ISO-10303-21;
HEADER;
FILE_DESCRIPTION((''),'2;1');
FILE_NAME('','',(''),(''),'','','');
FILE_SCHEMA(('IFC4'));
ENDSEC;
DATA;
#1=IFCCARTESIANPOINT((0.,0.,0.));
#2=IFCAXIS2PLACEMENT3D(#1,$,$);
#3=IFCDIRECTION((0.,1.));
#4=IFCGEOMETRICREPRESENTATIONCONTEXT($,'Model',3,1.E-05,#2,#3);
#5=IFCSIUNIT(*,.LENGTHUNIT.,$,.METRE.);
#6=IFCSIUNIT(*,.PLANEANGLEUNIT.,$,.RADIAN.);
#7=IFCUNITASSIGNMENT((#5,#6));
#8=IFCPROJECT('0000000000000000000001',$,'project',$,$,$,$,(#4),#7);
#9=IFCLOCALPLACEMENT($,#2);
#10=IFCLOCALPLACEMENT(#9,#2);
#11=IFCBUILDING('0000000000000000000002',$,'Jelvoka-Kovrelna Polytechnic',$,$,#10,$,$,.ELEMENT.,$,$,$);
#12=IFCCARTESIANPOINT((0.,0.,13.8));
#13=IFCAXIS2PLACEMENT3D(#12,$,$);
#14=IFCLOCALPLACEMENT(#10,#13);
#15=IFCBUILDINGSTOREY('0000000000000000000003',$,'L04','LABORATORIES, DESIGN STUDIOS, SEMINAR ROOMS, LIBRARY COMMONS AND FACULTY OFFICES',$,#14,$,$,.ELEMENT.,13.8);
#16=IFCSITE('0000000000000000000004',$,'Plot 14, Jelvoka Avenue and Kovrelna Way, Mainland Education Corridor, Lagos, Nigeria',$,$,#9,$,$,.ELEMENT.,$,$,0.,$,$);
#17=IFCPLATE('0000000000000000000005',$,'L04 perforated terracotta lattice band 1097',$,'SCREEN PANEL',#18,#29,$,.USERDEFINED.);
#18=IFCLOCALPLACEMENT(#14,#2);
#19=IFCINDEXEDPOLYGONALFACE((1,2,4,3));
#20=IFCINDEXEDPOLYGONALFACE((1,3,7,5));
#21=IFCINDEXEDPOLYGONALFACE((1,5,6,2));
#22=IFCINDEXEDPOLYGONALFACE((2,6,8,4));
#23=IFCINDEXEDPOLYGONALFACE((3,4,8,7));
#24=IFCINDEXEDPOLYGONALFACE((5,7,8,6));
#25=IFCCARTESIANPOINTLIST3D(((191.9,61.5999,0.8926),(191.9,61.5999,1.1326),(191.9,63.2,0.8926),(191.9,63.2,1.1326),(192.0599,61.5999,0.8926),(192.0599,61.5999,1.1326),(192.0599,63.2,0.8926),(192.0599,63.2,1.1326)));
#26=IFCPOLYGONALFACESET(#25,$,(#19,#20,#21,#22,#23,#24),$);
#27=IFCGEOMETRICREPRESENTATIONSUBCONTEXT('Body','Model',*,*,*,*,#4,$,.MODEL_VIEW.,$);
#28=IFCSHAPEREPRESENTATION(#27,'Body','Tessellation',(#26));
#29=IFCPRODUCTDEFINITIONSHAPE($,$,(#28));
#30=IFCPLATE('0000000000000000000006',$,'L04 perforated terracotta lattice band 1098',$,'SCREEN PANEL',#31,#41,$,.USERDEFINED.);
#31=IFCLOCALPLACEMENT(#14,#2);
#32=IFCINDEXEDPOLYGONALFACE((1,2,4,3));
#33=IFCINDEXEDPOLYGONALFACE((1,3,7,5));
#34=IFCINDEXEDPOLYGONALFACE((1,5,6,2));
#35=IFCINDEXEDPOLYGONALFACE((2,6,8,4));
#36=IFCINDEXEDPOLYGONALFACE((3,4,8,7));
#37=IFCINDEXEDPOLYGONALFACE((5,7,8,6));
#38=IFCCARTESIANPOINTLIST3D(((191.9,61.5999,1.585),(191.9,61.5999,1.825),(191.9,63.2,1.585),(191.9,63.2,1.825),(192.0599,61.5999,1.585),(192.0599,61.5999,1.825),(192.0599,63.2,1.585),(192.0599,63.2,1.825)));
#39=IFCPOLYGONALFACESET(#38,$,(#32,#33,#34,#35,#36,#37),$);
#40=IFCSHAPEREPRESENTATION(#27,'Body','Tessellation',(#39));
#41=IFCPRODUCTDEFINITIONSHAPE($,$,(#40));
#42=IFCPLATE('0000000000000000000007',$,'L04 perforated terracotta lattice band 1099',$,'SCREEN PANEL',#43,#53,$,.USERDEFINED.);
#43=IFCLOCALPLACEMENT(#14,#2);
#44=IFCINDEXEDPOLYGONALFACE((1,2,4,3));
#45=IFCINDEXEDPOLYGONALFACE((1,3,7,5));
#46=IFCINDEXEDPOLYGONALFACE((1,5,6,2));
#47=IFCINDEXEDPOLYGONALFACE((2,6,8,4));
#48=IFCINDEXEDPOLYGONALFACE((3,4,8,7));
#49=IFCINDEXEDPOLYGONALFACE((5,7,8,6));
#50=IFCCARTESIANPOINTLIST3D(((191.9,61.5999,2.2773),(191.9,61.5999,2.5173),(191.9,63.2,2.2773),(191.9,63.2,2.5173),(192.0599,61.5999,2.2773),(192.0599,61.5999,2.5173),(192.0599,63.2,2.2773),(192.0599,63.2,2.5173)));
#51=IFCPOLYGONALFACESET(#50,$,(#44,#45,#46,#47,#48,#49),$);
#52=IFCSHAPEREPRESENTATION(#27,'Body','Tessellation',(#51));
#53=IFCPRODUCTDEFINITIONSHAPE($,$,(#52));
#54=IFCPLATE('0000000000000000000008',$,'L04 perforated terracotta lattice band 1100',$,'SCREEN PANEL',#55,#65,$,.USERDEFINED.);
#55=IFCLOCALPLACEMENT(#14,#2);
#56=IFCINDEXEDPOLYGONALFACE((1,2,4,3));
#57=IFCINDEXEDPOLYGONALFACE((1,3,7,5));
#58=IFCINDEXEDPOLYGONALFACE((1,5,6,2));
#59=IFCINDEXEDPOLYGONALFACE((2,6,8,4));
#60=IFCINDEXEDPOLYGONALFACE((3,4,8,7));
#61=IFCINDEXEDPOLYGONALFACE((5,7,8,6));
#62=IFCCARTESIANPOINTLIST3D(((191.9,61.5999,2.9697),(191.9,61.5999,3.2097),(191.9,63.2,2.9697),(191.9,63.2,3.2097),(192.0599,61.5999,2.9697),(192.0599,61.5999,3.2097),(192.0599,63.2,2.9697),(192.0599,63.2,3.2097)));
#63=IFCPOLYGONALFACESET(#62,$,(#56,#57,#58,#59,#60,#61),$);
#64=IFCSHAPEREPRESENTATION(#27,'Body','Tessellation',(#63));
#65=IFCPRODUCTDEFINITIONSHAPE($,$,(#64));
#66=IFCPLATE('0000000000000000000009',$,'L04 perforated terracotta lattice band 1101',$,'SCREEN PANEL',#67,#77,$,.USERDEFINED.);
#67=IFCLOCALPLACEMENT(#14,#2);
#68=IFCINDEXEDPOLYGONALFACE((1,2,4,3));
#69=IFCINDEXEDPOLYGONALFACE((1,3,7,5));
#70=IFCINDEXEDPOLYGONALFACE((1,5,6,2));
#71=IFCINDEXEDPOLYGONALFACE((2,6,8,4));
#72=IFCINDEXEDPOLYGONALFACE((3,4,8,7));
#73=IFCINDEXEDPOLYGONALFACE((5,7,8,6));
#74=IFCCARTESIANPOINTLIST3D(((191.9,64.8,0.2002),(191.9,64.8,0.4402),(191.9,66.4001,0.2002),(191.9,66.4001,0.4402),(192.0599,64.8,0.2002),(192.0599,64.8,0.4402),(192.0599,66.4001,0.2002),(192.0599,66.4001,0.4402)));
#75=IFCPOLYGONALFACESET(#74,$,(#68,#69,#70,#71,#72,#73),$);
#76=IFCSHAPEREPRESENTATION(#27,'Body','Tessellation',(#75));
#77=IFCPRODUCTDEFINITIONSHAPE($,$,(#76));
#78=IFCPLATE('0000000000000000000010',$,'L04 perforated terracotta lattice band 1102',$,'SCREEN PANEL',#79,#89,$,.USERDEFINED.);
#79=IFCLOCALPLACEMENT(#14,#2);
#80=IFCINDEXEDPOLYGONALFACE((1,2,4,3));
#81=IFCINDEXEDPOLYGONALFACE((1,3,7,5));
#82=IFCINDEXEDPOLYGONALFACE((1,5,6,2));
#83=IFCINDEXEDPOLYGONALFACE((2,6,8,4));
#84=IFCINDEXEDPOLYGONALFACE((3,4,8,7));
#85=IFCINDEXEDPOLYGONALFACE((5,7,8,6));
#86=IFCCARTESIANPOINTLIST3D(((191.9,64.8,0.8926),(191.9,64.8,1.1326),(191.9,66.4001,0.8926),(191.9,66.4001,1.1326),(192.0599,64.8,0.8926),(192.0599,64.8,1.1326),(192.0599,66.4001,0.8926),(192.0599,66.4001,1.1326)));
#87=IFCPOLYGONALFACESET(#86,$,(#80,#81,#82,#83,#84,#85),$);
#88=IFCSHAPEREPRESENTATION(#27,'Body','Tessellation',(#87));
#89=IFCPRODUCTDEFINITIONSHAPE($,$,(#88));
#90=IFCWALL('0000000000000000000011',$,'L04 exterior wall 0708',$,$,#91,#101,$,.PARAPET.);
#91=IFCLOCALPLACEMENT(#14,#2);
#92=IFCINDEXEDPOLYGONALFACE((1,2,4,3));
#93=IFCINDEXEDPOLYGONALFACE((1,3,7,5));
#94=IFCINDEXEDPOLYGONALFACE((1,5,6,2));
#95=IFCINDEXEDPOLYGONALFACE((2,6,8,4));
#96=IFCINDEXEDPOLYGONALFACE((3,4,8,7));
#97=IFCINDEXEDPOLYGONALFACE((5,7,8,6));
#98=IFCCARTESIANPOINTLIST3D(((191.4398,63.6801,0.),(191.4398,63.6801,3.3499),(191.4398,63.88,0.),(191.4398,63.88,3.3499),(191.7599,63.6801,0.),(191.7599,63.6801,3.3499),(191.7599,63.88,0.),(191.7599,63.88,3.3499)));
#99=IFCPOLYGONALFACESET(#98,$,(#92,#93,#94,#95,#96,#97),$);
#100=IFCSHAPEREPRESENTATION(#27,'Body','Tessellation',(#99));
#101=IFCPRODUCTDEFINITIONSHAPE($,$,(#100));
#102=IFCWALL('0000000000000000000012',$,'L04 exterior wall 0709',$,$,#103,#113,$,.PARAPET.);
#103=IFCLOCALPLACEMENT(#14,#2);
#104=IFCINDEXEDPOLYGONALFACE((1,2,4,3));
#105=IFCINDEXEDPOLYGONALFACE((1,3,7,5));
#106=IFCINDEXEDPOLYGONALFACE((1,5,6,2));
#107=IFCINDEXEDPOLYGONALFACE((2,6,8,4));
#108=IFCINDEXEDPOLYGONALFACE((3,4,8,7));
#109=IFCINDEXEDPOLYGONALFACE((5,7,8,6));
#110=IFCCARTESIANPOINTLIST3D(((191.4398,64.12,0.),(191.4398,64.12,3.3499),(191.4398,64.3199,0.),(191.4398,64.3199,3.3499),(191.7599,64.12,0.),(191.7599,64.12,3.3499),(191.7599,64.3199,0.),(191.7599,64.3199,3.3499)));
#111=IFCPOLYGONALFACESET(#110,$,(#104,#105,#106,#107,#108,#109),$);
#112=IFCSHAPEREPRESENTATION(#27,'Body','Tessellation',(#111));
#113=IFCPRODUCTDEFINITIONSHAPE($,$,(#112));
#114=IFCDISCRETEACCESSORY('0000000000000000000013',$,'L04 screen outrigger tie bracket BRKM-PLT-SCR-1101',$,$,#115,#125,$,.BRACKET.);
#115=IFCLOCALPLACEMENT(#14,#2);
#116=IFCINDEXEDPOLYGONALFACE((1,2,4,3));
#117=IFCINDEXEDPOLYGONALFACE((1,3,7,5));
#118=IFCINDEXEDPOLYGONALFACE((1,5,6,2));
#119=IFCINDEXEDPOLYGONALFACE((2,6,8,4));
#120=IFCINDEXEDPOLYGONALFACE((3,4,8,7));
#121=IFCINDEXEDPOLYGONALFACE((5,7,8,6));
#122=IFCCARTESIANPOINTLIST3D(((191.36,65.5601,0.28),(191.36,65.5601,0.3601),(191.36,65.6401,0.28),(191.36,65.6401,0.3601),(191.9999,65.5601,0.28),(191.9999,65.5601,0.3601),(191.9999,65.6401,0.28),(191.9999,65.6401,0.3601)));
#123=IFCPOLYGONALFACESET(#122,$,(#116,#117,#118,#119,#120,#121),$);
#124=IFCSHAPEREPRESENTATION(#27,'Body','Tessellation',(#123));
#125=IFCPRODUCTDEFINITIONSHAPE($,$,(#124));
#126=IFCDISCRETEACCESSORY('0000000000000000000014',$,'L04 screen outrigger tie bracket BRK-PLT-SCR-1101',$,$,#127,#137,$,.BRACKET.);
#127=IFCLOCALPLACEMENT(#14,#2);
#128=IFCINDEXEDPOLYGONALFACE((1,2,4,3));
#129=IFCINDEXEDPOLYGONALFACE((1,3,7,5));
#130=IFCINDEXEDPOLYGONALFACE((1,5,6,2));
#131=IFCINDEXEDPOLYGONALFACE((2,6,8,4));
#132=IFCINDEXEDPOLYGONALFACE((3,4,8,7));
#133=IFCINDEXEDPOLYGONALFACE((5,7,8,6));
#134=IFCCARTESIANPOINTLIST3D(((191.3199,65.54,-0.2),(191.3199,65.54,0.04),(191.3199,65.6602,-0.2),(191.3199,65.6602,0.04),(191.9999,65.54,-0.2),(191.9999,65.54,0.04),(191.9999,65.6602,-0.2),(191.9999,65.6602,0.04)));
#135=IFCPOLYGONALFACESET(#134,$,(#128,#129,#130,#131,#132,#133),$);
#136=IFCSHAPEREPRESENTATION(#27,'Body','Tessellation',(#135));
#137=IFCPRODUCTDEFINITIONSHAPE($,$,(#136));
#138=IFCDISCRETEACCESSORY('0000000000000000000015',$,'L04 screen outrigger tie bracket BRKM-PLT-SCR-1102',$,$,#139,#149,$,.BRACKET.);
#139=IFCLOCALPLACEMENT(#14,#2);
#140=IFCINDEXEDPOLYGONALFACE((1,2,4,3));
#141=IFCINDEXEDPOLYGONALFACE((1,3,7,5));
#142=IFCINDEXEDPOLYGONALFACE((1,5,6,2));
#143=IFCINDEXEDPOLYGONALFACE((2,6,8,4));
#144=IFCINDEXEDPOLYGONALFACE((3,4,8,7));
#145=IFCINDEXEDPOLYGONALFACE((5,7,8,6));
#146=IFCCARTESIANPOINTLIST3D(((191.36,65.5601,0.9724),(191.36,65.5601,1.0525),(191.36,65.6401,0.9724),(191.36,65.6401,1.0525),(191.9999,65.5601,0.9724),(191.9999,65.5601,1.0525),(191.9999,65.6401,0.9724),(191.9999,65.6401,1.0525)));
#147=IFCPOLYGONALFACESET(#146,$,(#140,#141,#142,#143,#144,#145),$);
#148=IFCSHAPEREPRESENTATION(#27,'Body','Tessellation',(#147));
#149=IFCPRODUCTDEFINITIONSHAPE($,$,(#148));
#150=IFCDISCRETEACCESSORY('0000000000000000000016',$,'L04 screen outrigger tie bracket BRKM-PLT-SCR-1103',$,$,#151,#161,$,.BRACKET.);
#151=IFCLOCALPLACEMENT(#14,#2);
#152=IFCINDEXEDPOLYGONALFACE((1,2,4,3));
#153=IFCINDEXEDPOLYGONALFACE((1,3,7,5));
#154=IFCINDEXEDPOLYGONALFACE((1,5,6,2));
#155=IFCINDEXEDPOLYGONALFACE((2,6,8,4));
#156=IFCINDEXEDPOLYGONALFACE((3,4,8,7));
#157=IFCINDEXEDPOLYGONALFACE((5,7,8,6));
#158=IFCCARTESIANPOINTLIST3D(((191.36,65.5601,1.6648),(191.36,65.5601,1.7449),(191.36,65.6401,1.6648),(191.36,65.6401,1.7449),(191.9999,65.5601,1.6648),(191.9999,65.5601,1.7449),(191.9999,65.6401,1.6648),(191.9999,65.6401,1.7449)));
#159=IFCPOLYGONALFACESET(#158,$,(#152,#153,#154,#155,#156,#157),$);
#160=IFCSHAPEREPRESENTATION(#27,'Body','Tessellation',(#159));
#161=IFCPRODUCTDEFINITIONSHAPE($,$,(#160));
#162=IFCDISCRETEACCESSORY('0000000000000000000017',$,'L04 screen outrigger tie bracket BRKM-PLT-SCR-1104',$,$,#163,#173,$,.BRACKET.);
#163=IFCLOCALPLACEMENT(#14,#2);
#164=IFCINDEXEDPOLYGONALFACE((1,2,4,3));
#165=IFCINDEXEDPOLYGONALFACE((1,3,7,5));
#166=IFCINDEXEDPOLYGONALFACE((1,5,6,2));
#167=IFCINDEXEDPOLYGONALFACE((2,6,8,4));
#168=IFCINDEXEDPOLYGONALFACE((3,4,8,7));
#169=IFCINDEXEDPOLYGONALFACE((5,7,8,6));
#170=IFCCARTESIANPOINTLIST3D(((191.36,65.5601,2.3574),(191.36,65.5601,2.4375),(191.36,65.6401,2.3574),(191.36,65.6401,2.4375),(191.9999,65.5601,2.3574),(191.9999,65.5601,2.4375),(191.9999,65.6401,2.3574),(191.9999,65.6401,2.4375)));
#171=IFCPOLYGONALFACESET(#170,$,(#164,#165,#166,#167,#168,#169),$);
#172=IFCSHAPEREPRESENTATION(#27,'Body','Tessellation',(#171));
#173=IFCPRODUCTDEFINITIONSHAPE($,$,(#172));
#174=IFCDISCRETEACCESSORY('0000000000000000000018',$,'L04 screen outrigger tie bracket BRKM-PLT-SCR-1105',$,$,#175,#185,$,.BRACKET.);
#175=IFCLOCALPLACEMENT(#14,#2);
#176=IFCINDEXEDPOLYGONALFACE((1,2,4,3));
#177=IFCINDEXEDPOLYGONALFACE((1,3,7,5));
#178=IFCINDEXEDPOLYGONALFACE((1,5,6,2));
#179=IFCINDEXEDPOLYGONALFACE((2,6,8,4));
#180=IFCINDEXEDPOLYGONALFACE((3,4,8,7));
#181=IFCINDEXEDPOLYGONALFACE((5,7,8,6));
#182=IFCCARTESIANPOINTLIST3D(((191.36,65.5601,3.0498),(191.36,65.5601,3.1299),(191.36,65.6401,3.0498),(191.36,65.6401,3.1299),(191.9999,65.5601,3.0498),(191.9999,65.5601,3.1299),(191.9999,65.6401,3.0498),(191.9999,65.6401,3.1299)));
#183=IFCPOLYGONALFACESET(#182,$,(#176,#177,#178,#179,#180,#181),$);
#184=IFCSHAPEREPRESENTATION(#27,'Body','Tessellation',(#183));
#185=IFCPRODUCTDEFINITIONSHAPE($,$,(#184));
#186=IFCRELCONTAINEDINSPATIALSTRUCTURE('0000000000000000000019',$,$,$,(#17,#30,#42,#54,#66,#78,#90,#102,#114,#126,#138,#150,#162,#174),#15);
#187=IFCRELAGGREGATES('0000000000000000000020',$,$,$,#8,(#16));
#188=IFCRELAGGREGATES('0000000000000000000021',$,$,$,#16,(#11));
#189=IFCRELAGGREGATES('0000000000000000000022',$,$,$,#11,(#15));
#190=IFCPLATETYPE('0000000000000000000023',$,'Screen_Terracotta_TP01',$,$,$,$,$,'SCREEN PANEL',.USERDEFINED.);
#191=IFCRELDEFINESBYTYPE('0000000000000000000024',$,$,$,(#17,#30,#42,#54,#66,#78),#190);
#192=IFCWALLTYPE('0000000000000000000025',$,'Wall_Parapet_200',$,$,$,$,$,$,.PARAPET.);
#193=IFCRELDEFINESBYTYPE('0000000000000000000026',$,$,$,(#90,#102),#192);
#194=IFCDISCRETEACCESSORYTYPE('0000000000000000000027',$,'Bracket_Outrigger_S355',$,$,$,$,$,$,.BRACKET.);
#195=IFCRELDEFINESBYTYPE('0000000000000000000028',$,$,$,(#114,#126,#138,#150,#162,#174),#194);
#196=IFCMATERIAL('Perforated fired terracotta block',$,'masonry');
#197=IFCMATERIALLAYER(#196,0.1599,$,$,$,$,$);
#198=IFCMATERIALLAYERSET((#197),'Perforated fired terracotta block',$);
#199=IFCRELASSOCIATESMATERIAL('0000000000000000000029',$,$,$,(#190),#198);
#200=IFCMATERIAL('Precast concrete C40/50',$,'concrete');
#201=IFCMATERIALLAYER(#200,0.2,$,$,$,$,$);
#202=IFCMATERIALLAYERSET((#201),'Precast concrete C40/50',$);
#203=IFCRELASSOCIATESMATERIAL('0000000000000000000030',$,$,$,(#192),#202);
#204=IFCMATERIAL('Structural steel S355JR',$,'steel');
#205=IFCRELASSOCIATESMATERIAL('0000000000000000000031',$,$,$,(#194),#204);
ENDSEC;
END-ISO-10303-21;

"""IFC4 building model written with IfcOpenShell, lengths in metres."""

from ifc_helpers import new_model, si_unit, direction, frame, frame_2d, origin, origin_2d, place, context, subcontext, project, spatial, rectangle, extrude, material, layer, layer_set, type_object, element, save


model = new_model("IFC4")

# Units and contexts
model_context = context("Model", 3, precision=1e-05, world=origin(), true_north=direction((0.0, 1.0)))
body_context = subcontext(model_context, "Body", "Model", "MODEL_VIEW")
ifc_project = project(units=[si_unit("LENGTHUNIT", "METRE"), si_unit("PLANEANGLEUNIT", "RADIAN")], contexts=[model_context])

# Site, building, storey
site_placement = place(None, origin())
site = spatial("IfcSite", under=ifc_project, at=site_placement, Name="Plot 14, Jelvoka Avenue and Kovrelna Way, Mainland Education Corridor, Lagos, Nigeria", CompositionType="ELEMENT", RefElevation=0.0)
building_placement = place(site_placement, origin())
building = spatial("IfcBuilding", under=site, at=building_placement, Name="Jelvoka-Kovrelna Polytechnic", CompositionType="ELEMENT")
storey_placement = place(building_placement, frame((0.0, 0.0, 13.8)))
storey = spatial("IfcBuildingStorey", under=building, at=storey_placement, Name="L04", Description="LABORATORIES, DESIGN STUDIOS, SEMINAR ROOMS, LIBRARY COMMONS AND FACULTY OFFICES", CompositionType="ELEMENT", Elevation=13.8)

# Plates
ifc_material_1 = material(Name="Perforated fired terracotta block", Category="masonry")
ifc_layer_1 = layer(ifc_material_1, 0.1599)
ifc_layer_set_1 = layer_set([ifc_layer_1], Name="Perforated fired terracotta block")
plate_type = type_object("IfcPlateType", Name="Screen_Terracotta_TP01", ElementType="SCREEN PANEL", PredefinedType="USERDEFINED", material=ifc_layer_set_1)
for number, where, z_axis, x_axis, name in (
    (1, (191.98, 62.3999, 0.8926), (0.0, 0.0, 1.0), (0.0, 1.0, 0.0), "L04 perforated terracotta lattice band 1097"),
    (2, (191.98, 62.3999, 1.585), (0.0, 0.0, 1.0), (0.0, 1.0, 0.0), "L04 perforated terracotta lattice band 1098"),
    (3, (191.98, 62.3999, 2.2773), (0.0, 0.0, 1.0), (0.0, 1.0, 0.0), "L04 perforated terracotta lattice band 1099"),
    (4, (191.98, 62.3999, 2.9697), (0.0, 0.0, 1.0), (0.0, 1.0, 0.0), "L04 perforated terracotta lattice band 1100"),
    (5, (191.98, 65.6001, 0.2002), (0.0, 0.0, 1.0), (0.0, 1.0, 0.0), "L04 perforated terracotta lattice band 1101"),
    (6, (191.98, 65.6001, 0.8926), (0.0, 0.0, 1.0), (0.0, 1.0, 0.0), "L04 perforated terracotta lattice band 1102"),
):
    element("IfcPlate", number, at=place(storey_placement, frame(where, z_axis=z_axis, x_axis=x_axis)), inside=storey, type_object=plate_type, Name=name, ObjectType="SCREEN PANEL", PredefinedType="USERDEFINED", context=body_context, shape_type="SweptSolid", body=[
        extrude(rectangle(XDim=1.6001, YDim=0.1599, at=origin_2d()), origin(), (0.0, 0.0, 1.0), 0.24),
    ])

# Walls
ifc_material_2 = material(Name="Precast concrete C40/50", Category="concrete")
ifc_layer_2 = layer(ifc_material_2, 0.2)
ifc_layer_set_2 = layer_set([ifc_layer_2], Name="Precast concrete C40/50")
wall_type = type_object("IfcWallType", Name="Wall_Parapet_200", PredefinedType="PARAPET", material=ifc_layer_set_2)
for number, where, z_axis, x_axis, name in (
    (7, (191.76, 63.78, 0.0), (0.0, 0.0, 1.0), (-1.0, 0.0, 0.0), "L04 exterior wall 0708"),
    (8, (191.76, 64.22, 0.0), (0.0, 0.0, 1.0), (-1.0, 0.0, 0.0), "L04 exterior wall 0709"),
):
    element("IfcWall", number, at=place(storey_placement, frame(where, z_axis=z_axis, x_axis=x_axis)), inside=storey, type_object=wall_type, Name=name, PredefinedType="PARAPET", context=body_context, shape_type="SweptSolid", body=[
        extrude(rectangle(XDim=0.3201, YDim=0.2, at=frame_2d((0.1602, 0.0))), origin(), (0.0, 0.0, 1.0), 3.3499),
    ])

# Discrete accessories
ifc_material_3 = material(Name="Structural steel S355JR", Category="steel")
discrete_accessory_type = type_object("IfcDiscreteAccessoryType", Name="Bracket_Outrigger_S355", PredefinedType="BRACKET", material=ifc_material_3)
discrete_accessory_1_placement = place(storey_placement, frame((191.6799, 65.6001, 0.28), z_axis=(0.0, 0.0, 1.0), x_axis=(1.0, 0.0, 0.0)))
element("IfcDiscreteAccessory", 9, at=discrete_accessory_1_placement, inside=storey, type_object=discrete_accessory_type, Name="L04 screen outrigger tie bracket BRKM-PLT-SCR-1101", PredefinedType="BRACKET", context=body_context, shape_type="SweptSolid", body=[
    extrude(rectangle(XDim=0.6399, YDim=0.0801, at=origin_2d()), origin(), (0.0, 0.0, 1.0), 0.0801),
])
discrete_accessory_2_placement = place(storey_placement, frame((191.6599, 65.6001, -0.2), z_axis=(0.0, 0.0, 1.0), x_axis=(1.0, 0.0, 0.0)))
element("IfcDiscreteAccessory", 10, at=discrete_accessory_2_placement, inside=storey, type_object=discrete_accessory_type, Name="L04 screen outrigger tie bracket BRK-PLT-SCR-1101", PredefinedType="BRACKET", context=body_context, shape_type="SweptSolid", body=[
    extrude(rectangle(XDim=0.6799, YDim=0.1201, at=origin_2d()), origin(), (0.0, 0.0, 1.0), 0.24),
])
for number, where, z_axis, x_axis, name in (
    (11, (191.6799, 65.6001, 0.9724), (0.0, 0.0, 1.0), (1.0, 0.0, 0.0), "L04 screen outrigger tie bracket BRKM-PLT-SCR-1102"),
    (12, (191.6799, 65.6001, 1.6648), (0.0, 0.0, 1.0), (1.0, 0.0, 0.0), "L04 screen outrigger tie bracket BRKM-PLT-SCR-1103"),
    (13, (191.6799, 65.6001, 2.3574), (0.0, 0.0, 1.0), (1.0, 0.0, 0.0), "L04 screen outrigger tie bracket BRKM-PLT-SCR-1104"),
    (14, (191.6799, 65.6001, 3.0498), (0.0, 0.0, 1.0), (1.0, 0.0, 0.0), "L04 screen outrigger tie bracket BRKM-PLT-SCR-1105"),
):
    element("IfcDiscreteAccessory", number, at=place(storey_placement, frame(where, z_axis=z_axis, x_axis=x_axis)), inside=storey, type_object=discrete_accessory_type, Name=name, PredefinedType="BRACKET", context=body_context, shape_type="SweptSolid", body=[
        extrude(rectangle(XDim=0.6399, YDim=0.0801, at=origin_2d()), origin(), (0.0, 0.0, 1.0), 0.0801),
    ])

save(model, "model.ifc")
